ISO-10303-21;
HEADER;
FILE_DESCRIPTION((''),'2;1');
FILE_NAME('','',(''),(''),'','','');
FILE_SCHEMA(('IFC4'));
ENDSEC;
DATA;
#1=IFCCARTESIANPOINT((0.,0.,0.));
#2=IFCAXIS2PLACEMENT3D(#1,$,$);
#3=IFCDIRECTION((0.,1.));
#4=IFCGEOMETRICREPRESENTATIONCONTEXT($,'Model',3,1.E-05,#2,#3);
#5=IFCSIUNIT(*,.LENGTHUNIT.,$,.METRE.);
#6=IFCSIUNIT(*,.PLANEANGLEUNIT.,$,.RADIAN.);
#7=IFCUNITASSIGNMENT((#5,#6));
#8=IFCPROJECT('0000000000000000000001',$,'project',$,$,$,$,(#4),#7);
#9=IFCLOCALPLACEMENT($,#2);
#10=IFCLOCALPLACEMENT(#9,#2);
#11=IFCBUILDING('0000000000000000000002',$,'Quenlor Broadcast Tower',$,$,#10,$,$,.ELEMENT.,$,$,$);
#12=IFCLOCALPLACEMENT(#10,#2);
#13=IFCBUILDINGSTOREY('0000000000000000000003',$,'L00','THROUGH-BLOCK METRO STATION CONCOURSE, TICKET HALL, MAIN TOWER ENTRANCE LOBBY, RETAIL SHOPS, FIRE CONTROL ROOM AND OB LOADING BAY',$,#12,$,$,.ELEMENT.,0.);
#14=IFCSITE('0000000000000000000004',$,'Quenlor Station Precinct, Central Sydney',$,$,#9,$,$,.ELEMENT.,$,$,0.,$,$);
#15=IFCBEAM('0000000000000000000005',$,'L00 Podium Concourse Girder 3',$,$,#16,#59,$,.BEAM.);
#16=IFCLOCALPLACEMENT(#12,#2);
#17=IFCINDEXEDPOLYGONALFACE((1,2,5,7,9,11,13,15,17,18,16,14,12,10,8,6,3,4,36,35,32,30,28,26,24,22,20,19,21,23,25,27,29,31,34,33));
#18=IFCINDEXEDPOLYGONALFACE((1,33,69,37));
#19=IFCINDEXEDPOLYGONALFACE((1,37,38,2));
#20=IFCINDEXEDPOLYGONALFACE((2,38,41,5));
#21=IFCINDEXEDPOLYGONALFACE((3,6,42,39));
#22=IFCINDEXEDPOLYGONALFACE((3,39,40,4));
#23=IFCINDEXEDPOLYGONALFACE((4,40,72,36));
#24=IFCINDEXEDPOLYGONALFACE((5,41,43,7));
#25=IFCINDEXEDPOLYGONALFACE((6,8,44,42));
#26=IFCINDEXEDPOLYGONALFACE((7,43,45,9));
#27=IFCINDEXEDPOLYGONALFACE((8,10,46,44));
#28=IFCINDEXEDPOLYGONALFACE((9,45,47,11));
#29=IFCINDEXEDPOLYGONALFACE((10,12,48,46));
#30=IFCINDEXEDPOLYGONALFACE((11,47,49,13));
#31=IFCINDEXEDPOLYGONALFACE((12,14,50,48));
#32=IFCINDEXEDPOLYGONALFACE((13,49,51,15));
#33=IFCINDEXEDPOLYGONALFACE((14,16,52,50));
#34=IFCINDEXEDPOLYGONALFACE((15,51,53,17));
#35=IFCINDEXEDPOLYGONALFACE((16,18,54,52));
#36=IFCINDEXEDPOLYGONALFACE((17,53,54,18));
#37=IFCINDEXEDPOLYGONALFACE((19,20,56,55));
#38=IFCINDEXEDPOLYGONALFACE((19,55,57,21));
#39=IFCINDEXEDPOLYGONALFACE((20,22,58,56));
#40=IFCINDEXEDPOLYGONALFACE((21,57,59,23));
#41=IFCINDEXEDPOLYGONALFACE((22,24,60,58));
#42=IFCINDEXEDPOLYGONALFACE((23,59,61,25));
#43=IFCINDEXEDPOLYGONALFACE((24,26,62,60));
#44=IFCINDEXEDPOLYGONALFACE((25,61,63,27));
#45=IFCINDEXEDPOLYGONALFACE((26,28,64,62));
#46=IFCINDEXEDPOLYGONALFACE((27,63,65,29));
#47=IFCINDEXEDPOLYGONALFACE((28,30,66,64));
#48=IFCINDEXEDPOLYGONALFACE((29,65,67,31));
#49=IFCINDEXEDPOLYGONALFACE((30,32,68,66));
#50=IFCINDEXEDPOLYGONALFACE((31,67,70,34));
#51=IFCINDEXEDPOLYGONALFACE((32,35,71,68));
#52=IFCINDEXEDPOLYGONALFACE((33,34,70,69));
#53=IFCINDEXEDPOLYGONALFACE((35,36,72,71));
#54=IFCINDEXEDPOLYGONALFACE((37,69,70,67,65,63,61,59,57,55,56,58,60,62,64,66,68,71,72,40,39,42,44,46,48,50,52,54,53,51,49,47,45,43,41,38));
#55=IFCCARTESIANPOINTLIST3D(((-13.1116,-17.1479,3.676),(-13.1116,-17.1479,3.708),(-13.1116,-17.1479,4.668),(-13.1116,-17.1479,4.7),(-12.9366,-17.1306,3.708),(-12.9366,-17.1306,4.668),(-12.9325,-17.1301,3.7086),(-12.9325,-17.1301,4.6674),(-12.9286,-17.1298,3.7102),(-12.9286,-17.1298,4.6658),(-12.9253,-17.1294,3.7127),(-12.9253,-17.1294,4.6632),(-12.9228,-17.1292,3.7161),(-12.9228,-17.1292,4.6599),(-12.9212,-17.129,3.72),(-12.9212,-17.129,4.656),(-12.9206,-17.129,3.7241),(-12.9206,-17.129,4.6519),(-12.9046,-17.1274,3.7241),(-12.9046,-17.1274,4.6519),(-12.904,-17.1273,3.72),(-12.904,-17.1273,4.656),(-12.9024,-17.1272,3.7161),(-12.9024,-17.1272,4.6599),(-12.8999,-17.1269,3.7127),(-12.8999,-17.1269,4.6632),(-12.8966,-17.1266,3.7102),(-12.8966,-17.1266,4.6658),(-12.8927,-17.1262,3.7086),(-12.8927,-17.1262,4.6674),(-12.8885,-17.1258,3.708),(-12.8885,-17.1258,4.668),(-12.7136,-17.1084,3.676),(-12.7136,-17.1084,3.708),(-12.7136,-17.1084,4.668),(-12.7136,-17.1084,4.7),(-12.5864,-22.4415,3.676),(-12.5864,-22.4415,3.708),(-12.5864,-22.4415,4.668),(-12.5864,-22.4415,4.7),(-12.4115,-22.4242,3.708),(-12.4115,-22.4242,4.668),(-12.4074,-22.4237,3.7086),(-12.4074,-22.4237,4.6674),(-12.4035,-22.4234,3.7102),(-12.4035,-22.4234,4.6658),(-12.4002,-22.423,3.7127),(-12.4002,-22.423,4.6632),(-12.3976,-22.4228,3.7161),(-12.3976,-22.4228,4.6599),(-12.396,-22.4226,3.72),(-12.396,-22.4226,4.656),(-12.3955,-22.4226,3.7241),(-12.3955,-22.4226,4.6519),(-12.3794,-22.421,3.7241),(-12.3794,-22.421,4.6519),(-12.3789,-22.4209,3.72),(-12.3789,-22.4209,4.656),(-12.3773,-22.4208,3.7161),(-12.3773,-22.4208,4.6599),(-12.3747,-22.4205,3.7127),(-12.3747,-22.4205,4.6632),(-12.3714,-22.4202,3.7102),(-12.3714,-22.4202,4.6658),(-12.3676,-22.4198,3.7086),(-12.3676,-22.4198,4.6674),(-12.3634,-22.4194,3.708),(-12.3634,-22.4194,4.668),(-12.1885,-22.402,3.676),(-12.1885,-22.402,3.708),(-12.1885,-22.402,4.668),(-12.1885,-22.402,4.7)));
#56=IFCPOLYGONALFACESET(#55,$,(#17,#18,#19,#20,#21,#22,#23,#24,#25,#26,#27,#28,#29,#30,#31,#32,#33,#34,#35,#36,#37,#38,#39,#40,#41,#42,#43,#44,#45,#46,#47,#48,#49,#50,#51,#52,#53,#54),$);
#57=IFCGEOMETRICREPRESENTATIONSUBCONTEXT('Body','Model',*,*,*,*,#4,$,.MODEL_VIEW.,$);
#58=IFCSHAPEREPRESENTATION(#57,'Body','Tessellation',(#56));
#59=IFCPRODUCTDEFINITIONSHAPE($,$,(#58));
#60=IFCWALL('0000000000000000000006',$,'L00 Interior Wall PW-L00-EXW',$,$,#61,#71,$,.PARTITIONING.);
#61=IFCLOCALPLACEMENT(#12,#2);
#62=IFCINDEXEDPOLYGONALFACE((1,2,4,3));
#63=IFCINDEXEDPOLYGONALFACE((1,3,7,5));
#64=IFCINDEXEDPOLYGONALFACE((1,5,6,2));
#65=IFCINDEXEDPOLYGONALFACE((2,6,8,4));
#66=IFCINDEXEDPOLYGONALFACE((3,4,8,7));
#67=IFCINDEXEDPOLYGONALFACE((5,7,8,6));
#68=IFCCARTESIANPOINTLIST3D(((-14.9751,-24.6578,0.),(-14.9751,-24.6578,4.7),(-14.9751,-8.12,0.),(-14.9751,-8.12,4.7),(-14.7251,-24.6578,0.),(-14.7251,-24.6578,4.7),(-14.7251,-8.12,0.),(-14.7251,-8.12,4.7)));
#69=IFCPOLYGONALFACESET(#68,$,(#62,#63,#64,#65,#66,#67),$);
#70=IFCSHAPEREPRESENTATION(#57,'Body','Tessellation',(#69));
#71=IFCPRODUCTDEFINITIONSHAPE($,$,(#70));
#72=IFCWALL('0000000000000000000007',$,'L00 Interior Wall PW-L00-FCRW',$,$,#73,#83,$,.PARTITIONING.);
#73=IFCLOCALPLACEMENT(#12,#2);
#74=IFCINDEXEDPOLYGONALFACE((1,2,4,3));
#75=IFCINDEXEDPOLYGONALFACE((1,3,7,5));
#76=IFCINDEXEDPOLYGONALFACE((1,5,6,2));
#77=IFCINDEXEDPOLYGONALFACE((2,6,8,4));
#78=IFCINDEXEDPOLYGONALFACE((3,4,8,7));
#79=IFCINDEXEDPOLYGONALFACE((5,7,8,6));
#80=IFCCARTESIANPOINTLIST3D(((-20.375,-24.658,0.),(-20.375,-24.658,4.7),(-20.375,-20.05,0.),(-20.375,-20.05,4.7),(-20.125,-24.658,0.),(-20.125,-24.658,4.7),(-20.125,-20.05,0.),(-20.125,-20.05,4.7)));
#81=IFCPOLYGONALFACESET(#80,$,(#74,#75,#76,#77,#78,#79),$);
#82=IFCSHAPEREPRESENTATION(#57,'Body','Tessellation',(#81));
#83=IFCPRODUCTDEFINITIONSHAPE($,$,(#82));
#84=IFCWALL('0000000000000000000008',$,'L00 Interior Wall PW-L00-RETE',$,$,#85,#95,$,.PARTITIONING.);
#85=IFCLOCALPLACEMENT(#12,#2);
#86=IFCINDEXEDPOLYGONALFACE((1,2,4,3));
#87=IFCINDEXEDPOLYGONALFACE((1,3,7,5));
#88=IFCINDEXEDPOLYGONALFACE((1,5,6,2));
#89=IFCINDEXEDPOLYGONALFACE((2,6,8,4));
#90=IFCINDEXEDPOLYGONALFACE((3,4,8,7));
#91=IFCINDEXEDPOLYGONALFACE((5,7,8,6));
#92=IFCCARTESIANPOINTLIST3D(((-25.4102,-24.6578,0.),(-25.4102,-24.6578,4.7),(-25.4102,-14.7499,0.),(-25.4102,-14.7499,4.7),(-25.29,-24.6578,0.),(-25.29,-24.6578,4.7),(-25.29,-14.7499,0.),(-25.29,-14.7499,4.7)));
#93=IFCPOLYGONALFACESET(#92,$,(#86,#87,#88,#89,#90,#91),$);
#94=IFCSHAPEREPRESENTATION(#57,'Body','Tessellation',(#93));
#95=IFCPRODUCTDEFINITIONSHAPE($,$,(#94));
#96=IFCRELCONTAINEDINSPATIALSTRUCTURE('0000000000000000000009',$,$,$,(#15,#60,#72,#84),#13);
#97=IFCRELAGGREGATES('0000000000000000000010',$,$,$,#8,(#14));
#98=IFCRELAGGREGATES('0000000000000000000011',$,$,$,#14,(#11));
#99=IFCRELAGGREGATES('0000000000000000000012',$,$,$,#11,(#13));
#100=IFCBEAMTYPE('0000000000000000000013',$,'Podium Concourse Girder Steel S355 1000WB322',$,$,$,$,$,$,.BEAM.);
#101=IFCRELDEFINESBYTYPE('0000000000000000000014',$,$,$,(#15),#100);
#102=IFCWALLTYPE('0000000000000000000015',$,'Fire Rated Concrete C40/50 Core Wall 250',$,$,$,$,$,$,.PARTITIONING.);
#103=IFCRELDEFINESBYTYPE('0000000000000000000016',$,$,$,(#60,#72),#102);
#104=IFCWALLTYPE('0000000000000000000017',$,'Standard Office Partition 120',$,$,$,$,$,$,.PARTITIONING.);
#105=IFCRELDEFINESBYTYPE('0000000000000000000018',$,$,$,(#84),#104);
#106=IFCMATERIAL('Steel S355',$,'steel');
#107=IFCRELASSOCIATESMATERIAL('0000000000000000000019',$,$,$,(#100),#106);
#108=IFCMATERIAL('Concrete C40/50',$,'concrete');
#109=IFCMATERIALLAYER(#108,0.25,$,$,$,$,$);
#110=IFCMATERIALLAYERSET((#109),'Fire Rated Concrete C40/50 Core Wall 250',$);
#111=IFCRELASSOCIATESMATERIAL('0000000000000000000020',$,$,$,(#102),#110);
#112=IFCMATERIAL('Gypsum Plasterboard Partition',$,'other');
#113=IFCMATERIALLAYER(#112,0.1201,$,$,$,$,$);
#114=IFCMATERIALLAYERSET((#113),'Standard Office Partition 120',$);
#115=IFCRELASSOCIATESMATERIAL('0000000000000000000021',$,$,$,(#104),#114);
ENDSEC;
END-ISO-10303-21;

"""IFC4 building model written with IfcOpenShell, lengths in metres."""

from ifc_helpers import new_model, si_unit, direction, frame, frame_2d, origin, origin_2d, place, context, subcontext, project, spatial, rectangle, i_section, extrude, material, layer, layer_set, material_profile, profile_set, type_object, element, save


model = new_model("IFC4")

# Units and contexts
model_context = context("Model", 3, precision=1e-05, world=origin(), true_north=direction((0.0, 1.0)))
body_context = subcontext(model_context, "Body", "Model", "MODEL_VIEW")
ifc_project = project(units=[si_unit("LENGTHUNIT", "METRE"), si_unit("PLANEANGLEUNIT", "RADIAN")], contexts=[model_context])

# Site, building, storey
site_placement = place(None, origin())
site = spatial("IfcSite", under=ifc_project, at=site_placement, Name="Quenlor Station Precinct, Central Sydney", CompositionType="ELEMENT", RefElevation=0.0)
building_placement = place(site_placement, origin())
building = spatial("IfcBuilding", under=site, at=building_placement, Name="Quenlor Broadcast Tower", CompositionType="ELEMENT")
storey_placement = place(building_placement, origin())
storey = spatial("IfcBuildingStorey", under=building, at=storey_placement, Name="L00", Description="THROUGH-BLOCK METRO STATION CONCOURSE, TICKET HALL, MAIN TOWER ENTRANCE LOBBY, RETAIL SHOPS, FIRE CONTROL ROOM AND OB LOADING BAY", CompositionType="ELEMENT", Elevation=0.0)

# Beam
ifc_material_1 = material(Name="Steel S355", Category="steel")
ifc_material_profile_1 = material_profile(ifc_material_1, i_section(OverallWidth=0.3999, OverallDepth=1.0239, WebThickness=0.0161, FlangeThickness=0.032, FilletRadius=0.0161, at=origin_2d()))
ifc_profile_set_1 = profile_set([ifc_material_profile_1], Name="Steel S355 1000WB322")
beam_type_1 = type_object("IfcBeamType", Name="Podium Concourse Girder Steel S355 1000WB322", PredefinedType="BEAM", material=ifc_profile_set_1)
beam_1_placement = place(storey_placement, frame((-12.9126, -17.1282, 4.188), z_axis=(0.098718, -0.995115, 0.0), x_axis=(0.995115, 0.098718, 0.0)))
element("IfcBeam", 1, at=beam_1_placement, inside=storey, type_object=beam_type_1, Name="L00 Podium Concourse Girder 3", PredefinedType="BEAM", context=body_context, shape_type="SweptSolid", body=[
    extrude(i_section(OverallWidth=0.3999, OverallDepth=1.0239, WebThickness=0.0161, FlangeThickness=0.032, FilletRadius=0.0161, at=origin_2d()), origin(), (0.0, 0.0, 1.0), 5.3196),
])

# Walls
ifc_material_2 = material(Name="Concrete C40/50", Category="concrete")
ifc_layer_1 = layer(ifc_material_2, 0.25)
ifc_layer_set_1 = layer_set([ifc_layer_1], Name="Fire Rated Concrete C40/50 Core Wall 250")
wall_type_1 = type_object("IfcWallType", Name="Fire Rated Concrete C40/50 Core Wall 250", PredefinedType="PARTITIONING", material=ifc_layer_set_1)
wall_1_placement = place(storey_placement, frame((-14.8501, -24.658, 0.0), z_axis=(0.0, 0.0, 1.0), x_axis=(0.0, 1.0, 0.0)))
element("IfcWall", 2, at=wall_1_placement, inside=storey, type_object=wall_type_1, Name="L00 Interior Wall PW-L00-EXW", PredefinedType="PARTITIONING", context=body_context, shape_type="SweptSolid", body=[
    extrude(rectangle(XDim=16.5378, YDim=0.25, at=frame_2d((8.269, 0.0))), origin(), (0.0, 0.0, 1.0), 4.7),
])
wall_2_placement = place(storey_placement, frame((-20.25, -24.658, 0.0), z_axis=(0.0, 0.0, 1.0), x_axis=(0.0, 1.0, 0.0)))
element("IfcWall", 3, at=wall_2_placement, inside=storey, type_object=wall_type_1, Name="L00 Interior Wall PW-L00-FCRW", PredefinedType="PARTITIONING", context=body_context, shape_type="SweptSolid", body=[
    extrude(rectangle(XDim=4.6079, YDim=0.25, at=frame_2d((2.304, 0.0))), origin(), (0.0, 0.0, 1.0), 4.7),
])

# Wall
ifc_material_3 = material(Name="Gypsum Plasterboard Partition", Category="other")
ifc_layer_2 = layer(ifc_material_3, 0.1201)
ifc_layer_set_2 = layer_set([ifc_layer_2], Name="Standard Office Partition 120")
wall_type_2 = type_object("IfcWallType", Name="Standard Office Partition 120", PredefinedType="PARTITIONING", material=ifc_layer_set_2)
wall_3_placement = place(storey_placement, frame((-25.3501, -24.658, 0.0), z_axis=(0.0, 0.0, 1.0), x_axis=(0.0, 1.0, 0.0)))
element("IfcWall", 4, at=wall_3_placement, inside=storey, type_object=wall_type_2, Name="L00 Interior Wall PW-L00-RETE", PredefinedType="PARTITIONING", context=body_context, shape_type="SweptSolid", body=[
    extrude(rectangle(XDim=9.908, YDim=0.1201, at=frame_2d((4.9541, 0.0))), origin(), (0.0, 0.0, 1.0), 4.7),
])

save(model, "model.ifc")
